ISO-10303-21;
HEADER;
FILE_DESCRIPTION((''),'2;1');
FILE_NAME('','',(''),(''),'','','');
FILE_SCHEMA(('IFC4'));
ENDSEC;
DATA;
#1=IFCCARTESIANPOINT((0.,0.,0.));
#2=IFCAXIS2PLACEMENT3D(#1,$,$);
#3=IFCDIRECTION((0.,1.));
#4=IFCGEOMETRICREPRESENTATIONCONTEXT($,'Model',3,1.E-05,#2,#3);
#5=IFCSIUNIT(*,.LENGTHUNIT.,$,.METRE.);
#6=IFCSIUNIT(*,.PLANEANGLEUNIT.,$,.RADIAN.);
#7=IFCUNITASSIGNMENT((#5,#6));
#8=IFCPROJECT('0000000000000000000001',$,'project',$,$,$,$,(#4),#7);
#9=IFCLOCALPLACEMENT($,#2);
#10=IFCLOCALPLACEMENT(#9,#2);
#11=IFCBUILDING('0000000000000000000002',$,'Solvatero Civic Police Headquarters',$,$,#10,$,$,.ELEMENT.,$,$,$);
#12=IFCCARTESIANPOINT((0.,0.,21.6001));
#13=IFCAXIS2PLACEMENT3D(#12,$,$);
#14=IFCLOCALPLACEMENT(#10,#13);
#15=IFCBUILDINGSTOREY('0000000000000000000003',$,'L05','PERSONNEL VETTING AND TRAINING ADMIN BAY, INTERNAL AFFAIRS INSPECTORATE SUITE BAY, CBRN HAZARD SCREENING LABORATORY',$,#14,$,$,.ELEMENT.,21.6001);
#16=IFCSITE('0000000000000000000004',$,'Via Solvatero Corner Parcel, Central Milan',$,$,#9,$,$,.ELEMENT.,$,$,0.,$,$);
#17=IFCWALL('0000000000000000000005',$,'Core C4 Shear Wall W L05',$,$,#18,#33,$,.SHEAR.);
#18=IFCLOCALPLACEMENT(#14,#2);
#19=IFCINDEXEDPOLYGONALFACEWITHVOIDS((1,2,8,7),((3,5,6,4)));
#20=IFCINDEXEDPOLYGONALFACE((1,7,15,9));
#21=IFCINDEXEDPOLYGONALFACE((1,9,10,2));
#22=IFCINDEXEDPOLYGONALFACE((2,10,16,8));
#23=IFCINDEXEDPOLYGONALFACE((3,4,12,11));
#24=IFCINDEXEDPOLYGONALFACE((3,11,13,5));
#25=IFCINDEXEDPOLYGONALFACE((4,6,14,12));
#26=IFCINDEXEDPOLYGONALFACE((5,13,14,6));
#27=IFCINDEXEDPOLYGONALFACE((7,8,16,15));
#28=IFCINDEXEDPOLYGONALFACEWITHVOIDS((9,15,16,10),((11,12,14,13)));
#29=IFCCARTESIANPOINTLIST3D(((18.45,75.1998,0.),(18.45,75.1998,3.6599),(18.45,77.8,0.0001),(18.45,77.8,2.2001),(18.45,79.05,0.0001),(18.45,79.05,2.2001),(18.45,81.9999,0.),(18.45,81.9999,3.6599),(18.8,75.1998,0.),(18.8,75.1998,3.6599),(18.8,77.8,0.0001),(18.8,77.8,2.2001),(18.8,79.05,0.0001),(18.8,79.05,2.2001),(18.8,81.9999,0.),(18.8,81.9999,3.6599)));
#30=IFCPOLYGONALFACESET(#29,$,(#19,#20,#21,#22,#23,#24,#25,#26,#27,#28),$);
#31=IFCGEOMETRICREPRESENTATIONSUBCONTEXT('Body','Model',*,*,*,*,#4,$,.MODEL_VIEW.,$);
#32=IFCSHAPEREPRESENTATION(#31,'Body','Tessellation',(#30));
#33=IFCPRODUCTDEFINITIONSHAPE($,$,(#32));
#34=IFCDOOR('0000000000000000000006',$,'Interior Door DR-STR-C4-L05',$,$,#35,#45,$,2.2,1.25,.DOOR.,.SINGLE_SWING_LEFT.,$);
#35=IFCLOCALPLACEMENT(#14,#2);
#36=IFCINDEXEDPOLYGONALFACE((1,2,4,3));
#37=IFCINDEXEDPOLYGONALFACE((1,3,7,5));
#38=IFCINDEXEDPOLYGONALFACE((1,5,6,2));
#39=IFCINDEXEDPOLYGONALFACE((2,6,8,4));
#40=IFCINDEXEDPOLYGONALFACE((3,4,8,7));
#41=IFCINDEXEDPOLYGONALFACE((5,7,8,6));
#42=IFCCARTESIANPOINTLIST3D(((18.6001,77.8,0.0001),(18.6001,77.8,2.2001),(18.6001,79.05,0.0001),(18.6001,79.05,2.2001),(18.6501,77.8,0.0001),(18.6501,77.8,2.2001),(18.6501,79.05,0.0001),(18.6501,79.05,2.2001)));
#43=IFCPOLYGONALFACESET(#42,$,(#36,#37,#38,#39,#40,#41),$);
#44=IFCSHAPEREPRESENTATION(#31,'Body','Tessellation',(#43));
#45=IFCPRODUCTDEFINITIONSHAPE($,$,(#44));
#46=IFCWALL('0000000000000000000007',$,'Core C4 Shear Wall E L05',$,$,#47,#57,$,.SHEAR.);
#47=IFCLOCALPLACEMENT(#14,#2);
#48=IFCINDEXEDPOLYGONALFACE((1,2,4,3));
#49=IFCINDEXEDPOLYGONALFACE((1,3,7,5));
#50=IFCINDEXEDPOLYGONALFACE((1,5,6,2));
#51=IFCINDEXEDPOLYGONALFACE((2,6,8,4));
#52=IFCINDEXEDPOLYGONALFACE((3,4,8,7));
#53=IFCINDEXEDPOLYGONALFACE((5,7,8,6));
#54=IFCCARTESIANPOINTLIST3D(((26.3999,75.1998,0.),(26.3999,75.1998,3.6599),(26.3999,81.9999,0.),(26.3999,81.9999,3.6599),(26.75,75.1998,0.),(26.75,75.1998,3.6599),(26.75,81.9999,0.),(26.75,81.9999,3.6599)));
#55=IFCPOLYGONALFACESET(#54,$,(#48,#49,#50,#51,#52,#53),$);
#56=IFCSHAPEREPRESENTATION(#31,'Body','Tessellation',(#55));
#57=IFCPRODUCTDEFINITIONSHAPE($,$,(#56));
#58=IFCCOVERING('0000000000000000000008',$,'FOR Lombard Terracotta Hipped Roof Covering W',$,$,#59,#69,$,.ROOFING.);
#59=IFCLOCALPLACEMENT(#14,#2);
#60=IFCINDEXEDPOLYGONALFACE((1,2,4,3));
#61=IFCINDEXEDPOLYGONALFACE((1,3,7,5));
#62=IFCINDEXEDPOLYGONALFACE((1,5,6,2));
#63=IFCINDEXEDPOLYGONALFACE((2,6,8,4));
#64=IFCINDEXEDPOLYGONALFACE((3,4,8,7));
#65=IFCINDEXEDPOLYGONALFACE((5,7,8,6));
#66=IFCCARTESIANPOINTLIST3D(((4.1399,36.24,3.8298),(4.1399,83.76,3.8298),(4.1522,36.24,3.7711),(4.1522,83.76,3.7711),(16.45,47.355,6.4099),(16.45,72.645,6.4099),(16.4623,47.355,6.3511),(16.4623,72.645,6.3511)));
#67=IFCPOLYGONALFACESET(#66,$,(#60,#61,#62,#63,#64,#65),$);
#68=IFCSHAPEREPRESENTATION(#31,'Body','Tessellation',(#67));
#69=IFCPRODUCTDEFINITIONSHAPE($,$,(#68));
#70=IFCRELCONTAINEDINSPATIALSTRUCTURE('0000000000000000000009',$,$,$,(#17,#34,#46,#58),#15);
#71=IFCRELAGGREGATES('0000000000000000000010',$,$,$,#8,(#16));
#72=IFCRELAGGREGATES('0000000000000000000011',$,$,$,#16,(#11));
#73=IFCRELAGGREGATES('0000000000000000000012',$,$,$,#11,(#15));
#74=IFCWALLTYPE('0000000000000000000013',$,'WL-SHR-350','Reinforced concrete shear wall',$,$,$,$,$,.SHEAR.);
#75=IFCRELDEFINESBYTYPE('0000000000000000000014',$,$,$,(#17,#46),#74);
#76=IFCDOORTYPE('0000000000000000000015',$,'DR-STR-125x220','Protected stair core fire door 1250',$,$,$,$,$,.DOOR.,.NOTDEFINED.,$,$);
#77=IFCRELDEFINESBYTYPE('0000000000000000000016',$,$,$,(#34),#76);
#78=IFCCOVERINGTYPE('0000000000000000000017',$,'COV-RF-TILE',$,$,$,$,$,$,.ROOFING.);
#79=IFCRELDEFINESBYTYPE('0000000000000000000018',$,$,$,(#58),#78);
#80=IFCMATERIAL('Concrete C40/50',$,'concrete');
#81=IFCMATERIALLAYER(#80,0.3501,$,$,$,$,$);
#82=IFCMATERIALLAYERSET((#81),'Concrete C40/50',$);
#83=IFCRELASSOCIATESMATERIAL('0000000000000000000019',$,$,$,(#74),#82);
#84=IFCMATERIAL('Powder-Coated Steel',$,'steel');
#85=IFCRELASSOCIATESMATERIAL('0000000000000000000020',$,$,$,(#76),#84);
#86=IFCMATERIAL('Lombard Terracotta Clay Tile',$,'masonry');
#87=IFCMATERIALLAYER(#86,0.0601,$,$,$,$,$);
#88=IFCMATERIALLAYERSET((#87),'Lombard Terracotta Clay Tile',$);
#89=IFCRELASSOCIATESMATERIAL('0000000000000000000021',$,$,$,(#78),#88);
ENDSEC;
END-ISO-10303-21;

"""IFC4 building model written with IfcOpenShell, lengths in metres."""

from ifc_helpers import new_model, si_unit, direction, frame, frame_2d, origin, place, context, subcontext, project, spatial, polyline, rectangle, outline, extrude, material, layer, layer_set, type_object, element, fill, save


model = new_model("IFC4")

# Units and contexts
model_context = context("Model", 3, precision=1e-05, world=origin(), true_north=direction((0.0, 1.0)))
body_context = subcontext(model_context, "Body", "Model", "MODEL_VIEW")
ifc_project = project(units=[si_unit("LENGTHUNIT", "METRE"), si_unit("PLANEANGLEUNIT", "RADIAN")], contexts=[model_context])

# Site, building, storey
site_placement = place(None, origin())
site = spatial("IfcSite", under=ifc_project, at=site_placement, Name="Via Solvatero Corner Parcel, Central Milan", CompositionType="ELEMENT", RefElevation=0.0)
building_placement = place(site_placement, origin())
building = spatial("IfcBuilding", under=site, at=building_placement, Name="Solvatero Civic Police Headquarters", CompositionType="ELEMENT")
storey_placement = place(building_placement, frame((0.0, 0.0, 21.6001)))
storey = spatial("IfcBuildingStorey", under=building, at=storey_placement, Name="L05", Description="PERSONNEL VETTING AND TRAINING ADMIN BAY, INTERNAL AFFAIRS INSPECTORATE SUITE BAY, CBRN HAZARD SCREENING LABORATORY", CompositionType="ELEMENT", Elevation=21.6001)

# Shared definitions
ifc_material_1 = material(Name="Powder-Coated Steel", Category="steel")

# Shared definitions
ifc_material_2 = material(Name="Concrete C40/50", Category="concrete")
ifc_layer_1 = layer(ifc_material_2, 0.3501)
ifc_layer_set_1 = layer_set([ifc_layer_1], Name="Concrete C40/50")
wall_type_1 = type_object("IfcWallType", Name="WL-SHR-350", Description="Reinforced concrete shear wall", PredefinedType="SHEAR", material=ifc_layer_set_1)

# Wall, opening, door
wall_1_placement = place(storey_placement, frame((18.625, 75.2, 0.0), z_axis=(0.0, 0.0, 1.0), x_axis=(0.0, 1.0, 0.0)))
wall_1 = element("IfcWall", 1, at=wall_1_placement, inside=storey, type_object=wall_type_1, Name="Core C4 Shear Wall W L05", PredefinedType="SHEAR", context=body_context, shape_type="SweptSolid", body=[
    extrude(rectangle(XDim=6.8, YDim=0.3501, at=frame_2d((3.3999, 0.0))), origin(), (0.0, 0.0, 1.0), 3.6599),
])
opening_1_placement = place(wall_1_placement, frame((2.6001, 0.0, 0.0)))
opening_1 = element("IfcOpeningElement", 2, at=opening_1_placement, cuts=wall_1, PredefinedType="OPENING", context=body_context, shape_type="SweptSolid", body=[
    extrude(rectangle(XDim=1.25, YDim=2.2, at=frame_2d((0.625, 1.1001))), frame((0.0, 0.1851, 0.0), z_axis=(0.0, -1.0, 0.0), x_axis=(1.0, 0.0, 0.0)), (0.0, 0.0, 1.0), 0.3701),
])
door_type_1 = type_object("IfcDoorType", Name="DR-STR-125x220", Description="Protected stair core fire door 1250", OperationType="NOTDEFINED", PredefinedType="DOOR", material=ifc_material_1)
door_1_placement = place(opening_1_placement, origin())
door_1 = element("IfcDoor", 3, at=door_1_placement, inside=storey, type_object=door_type_1, Name="Interior Door DR-STR-C4-L05", OperationType="SINGLE_SWING_LEFT", OverallHeight=2.2, OverallWidth=1.25, PredefinedType="DOOR", context=body_context, shape_type="SweptSolid", body=[
    extrude(rectangle(XDim=1.25, YDim=2.2, at=frame_2d((0.625, 1.1001))), frame((0.0, 0.0249, 0.0), z_axis=(0.0, -1.0, 0.0), x_axis=(1.0, 0.0, 0.0)), (0.0, 0.0, 1.0), 0.05),
])
fill(opening_1, door_1)

# Wall
wall_2_placement = place(storey_placement, frame((26.575, 75.2, 0.0), z_axis=(0.0, 0.0, 1.0), x_axis=(0.0, 1.0, 0.0)))
element("IfcWall", 4, at=wall_2_placement, inside=storey, type_object=wall_type_1, Name="Core C4 Shear Wall E L05", PredefinedType="SHEAR", context=body_context, shape_type="SweptSolid", body=[
    extrude(rectangle(XDim=6.8, YDim=0.3501, at=frame_2d((3.3999, 0.0))), origin(), (0.0, 0.0, 1.0), 3.6599),
])

# Covering
ifc_material_3 = material(Name="Lombard Terracotta Clay Tile", Category="masonry")
ifc_layer_2 = layer(ifc_material_3, 0.0601)
ifc_layer_set_2 = layer_set([ifc_layer_2], Name="Lombard Terracotta Clay Tile")
covering_type = type_object("IfcCoveringType", Name="COV-RF-TILE", PredefinedType="ROOFING", material=ifc_layer_set_2)
covering_placement = place(storey_placement, frame((4.1399, 83.76, 3.8298), z_axis=(-0.205134, 0.0, 0.978734), x_axis=(0.0, -1.0, 0.0)))
element("IfcCovering", 5, at=covering_placement, inside=storey, type_object=covering_type, Name="FOR Lombard Terracotta Hipped Roof Covering W", PredefinedType="ROOFING", context=body_context, shape_type="SweptSolid", body=[
    extrude(outline(polyline([(0.0, 0.0), (47.52, 0.0), (36.405, 12.5775), (11.115, 12.5775), (0.0, 0.0)])), origin(), (0.0, 0.0, -1.0), 0.0601),
])

save(model, "model.ifc")
